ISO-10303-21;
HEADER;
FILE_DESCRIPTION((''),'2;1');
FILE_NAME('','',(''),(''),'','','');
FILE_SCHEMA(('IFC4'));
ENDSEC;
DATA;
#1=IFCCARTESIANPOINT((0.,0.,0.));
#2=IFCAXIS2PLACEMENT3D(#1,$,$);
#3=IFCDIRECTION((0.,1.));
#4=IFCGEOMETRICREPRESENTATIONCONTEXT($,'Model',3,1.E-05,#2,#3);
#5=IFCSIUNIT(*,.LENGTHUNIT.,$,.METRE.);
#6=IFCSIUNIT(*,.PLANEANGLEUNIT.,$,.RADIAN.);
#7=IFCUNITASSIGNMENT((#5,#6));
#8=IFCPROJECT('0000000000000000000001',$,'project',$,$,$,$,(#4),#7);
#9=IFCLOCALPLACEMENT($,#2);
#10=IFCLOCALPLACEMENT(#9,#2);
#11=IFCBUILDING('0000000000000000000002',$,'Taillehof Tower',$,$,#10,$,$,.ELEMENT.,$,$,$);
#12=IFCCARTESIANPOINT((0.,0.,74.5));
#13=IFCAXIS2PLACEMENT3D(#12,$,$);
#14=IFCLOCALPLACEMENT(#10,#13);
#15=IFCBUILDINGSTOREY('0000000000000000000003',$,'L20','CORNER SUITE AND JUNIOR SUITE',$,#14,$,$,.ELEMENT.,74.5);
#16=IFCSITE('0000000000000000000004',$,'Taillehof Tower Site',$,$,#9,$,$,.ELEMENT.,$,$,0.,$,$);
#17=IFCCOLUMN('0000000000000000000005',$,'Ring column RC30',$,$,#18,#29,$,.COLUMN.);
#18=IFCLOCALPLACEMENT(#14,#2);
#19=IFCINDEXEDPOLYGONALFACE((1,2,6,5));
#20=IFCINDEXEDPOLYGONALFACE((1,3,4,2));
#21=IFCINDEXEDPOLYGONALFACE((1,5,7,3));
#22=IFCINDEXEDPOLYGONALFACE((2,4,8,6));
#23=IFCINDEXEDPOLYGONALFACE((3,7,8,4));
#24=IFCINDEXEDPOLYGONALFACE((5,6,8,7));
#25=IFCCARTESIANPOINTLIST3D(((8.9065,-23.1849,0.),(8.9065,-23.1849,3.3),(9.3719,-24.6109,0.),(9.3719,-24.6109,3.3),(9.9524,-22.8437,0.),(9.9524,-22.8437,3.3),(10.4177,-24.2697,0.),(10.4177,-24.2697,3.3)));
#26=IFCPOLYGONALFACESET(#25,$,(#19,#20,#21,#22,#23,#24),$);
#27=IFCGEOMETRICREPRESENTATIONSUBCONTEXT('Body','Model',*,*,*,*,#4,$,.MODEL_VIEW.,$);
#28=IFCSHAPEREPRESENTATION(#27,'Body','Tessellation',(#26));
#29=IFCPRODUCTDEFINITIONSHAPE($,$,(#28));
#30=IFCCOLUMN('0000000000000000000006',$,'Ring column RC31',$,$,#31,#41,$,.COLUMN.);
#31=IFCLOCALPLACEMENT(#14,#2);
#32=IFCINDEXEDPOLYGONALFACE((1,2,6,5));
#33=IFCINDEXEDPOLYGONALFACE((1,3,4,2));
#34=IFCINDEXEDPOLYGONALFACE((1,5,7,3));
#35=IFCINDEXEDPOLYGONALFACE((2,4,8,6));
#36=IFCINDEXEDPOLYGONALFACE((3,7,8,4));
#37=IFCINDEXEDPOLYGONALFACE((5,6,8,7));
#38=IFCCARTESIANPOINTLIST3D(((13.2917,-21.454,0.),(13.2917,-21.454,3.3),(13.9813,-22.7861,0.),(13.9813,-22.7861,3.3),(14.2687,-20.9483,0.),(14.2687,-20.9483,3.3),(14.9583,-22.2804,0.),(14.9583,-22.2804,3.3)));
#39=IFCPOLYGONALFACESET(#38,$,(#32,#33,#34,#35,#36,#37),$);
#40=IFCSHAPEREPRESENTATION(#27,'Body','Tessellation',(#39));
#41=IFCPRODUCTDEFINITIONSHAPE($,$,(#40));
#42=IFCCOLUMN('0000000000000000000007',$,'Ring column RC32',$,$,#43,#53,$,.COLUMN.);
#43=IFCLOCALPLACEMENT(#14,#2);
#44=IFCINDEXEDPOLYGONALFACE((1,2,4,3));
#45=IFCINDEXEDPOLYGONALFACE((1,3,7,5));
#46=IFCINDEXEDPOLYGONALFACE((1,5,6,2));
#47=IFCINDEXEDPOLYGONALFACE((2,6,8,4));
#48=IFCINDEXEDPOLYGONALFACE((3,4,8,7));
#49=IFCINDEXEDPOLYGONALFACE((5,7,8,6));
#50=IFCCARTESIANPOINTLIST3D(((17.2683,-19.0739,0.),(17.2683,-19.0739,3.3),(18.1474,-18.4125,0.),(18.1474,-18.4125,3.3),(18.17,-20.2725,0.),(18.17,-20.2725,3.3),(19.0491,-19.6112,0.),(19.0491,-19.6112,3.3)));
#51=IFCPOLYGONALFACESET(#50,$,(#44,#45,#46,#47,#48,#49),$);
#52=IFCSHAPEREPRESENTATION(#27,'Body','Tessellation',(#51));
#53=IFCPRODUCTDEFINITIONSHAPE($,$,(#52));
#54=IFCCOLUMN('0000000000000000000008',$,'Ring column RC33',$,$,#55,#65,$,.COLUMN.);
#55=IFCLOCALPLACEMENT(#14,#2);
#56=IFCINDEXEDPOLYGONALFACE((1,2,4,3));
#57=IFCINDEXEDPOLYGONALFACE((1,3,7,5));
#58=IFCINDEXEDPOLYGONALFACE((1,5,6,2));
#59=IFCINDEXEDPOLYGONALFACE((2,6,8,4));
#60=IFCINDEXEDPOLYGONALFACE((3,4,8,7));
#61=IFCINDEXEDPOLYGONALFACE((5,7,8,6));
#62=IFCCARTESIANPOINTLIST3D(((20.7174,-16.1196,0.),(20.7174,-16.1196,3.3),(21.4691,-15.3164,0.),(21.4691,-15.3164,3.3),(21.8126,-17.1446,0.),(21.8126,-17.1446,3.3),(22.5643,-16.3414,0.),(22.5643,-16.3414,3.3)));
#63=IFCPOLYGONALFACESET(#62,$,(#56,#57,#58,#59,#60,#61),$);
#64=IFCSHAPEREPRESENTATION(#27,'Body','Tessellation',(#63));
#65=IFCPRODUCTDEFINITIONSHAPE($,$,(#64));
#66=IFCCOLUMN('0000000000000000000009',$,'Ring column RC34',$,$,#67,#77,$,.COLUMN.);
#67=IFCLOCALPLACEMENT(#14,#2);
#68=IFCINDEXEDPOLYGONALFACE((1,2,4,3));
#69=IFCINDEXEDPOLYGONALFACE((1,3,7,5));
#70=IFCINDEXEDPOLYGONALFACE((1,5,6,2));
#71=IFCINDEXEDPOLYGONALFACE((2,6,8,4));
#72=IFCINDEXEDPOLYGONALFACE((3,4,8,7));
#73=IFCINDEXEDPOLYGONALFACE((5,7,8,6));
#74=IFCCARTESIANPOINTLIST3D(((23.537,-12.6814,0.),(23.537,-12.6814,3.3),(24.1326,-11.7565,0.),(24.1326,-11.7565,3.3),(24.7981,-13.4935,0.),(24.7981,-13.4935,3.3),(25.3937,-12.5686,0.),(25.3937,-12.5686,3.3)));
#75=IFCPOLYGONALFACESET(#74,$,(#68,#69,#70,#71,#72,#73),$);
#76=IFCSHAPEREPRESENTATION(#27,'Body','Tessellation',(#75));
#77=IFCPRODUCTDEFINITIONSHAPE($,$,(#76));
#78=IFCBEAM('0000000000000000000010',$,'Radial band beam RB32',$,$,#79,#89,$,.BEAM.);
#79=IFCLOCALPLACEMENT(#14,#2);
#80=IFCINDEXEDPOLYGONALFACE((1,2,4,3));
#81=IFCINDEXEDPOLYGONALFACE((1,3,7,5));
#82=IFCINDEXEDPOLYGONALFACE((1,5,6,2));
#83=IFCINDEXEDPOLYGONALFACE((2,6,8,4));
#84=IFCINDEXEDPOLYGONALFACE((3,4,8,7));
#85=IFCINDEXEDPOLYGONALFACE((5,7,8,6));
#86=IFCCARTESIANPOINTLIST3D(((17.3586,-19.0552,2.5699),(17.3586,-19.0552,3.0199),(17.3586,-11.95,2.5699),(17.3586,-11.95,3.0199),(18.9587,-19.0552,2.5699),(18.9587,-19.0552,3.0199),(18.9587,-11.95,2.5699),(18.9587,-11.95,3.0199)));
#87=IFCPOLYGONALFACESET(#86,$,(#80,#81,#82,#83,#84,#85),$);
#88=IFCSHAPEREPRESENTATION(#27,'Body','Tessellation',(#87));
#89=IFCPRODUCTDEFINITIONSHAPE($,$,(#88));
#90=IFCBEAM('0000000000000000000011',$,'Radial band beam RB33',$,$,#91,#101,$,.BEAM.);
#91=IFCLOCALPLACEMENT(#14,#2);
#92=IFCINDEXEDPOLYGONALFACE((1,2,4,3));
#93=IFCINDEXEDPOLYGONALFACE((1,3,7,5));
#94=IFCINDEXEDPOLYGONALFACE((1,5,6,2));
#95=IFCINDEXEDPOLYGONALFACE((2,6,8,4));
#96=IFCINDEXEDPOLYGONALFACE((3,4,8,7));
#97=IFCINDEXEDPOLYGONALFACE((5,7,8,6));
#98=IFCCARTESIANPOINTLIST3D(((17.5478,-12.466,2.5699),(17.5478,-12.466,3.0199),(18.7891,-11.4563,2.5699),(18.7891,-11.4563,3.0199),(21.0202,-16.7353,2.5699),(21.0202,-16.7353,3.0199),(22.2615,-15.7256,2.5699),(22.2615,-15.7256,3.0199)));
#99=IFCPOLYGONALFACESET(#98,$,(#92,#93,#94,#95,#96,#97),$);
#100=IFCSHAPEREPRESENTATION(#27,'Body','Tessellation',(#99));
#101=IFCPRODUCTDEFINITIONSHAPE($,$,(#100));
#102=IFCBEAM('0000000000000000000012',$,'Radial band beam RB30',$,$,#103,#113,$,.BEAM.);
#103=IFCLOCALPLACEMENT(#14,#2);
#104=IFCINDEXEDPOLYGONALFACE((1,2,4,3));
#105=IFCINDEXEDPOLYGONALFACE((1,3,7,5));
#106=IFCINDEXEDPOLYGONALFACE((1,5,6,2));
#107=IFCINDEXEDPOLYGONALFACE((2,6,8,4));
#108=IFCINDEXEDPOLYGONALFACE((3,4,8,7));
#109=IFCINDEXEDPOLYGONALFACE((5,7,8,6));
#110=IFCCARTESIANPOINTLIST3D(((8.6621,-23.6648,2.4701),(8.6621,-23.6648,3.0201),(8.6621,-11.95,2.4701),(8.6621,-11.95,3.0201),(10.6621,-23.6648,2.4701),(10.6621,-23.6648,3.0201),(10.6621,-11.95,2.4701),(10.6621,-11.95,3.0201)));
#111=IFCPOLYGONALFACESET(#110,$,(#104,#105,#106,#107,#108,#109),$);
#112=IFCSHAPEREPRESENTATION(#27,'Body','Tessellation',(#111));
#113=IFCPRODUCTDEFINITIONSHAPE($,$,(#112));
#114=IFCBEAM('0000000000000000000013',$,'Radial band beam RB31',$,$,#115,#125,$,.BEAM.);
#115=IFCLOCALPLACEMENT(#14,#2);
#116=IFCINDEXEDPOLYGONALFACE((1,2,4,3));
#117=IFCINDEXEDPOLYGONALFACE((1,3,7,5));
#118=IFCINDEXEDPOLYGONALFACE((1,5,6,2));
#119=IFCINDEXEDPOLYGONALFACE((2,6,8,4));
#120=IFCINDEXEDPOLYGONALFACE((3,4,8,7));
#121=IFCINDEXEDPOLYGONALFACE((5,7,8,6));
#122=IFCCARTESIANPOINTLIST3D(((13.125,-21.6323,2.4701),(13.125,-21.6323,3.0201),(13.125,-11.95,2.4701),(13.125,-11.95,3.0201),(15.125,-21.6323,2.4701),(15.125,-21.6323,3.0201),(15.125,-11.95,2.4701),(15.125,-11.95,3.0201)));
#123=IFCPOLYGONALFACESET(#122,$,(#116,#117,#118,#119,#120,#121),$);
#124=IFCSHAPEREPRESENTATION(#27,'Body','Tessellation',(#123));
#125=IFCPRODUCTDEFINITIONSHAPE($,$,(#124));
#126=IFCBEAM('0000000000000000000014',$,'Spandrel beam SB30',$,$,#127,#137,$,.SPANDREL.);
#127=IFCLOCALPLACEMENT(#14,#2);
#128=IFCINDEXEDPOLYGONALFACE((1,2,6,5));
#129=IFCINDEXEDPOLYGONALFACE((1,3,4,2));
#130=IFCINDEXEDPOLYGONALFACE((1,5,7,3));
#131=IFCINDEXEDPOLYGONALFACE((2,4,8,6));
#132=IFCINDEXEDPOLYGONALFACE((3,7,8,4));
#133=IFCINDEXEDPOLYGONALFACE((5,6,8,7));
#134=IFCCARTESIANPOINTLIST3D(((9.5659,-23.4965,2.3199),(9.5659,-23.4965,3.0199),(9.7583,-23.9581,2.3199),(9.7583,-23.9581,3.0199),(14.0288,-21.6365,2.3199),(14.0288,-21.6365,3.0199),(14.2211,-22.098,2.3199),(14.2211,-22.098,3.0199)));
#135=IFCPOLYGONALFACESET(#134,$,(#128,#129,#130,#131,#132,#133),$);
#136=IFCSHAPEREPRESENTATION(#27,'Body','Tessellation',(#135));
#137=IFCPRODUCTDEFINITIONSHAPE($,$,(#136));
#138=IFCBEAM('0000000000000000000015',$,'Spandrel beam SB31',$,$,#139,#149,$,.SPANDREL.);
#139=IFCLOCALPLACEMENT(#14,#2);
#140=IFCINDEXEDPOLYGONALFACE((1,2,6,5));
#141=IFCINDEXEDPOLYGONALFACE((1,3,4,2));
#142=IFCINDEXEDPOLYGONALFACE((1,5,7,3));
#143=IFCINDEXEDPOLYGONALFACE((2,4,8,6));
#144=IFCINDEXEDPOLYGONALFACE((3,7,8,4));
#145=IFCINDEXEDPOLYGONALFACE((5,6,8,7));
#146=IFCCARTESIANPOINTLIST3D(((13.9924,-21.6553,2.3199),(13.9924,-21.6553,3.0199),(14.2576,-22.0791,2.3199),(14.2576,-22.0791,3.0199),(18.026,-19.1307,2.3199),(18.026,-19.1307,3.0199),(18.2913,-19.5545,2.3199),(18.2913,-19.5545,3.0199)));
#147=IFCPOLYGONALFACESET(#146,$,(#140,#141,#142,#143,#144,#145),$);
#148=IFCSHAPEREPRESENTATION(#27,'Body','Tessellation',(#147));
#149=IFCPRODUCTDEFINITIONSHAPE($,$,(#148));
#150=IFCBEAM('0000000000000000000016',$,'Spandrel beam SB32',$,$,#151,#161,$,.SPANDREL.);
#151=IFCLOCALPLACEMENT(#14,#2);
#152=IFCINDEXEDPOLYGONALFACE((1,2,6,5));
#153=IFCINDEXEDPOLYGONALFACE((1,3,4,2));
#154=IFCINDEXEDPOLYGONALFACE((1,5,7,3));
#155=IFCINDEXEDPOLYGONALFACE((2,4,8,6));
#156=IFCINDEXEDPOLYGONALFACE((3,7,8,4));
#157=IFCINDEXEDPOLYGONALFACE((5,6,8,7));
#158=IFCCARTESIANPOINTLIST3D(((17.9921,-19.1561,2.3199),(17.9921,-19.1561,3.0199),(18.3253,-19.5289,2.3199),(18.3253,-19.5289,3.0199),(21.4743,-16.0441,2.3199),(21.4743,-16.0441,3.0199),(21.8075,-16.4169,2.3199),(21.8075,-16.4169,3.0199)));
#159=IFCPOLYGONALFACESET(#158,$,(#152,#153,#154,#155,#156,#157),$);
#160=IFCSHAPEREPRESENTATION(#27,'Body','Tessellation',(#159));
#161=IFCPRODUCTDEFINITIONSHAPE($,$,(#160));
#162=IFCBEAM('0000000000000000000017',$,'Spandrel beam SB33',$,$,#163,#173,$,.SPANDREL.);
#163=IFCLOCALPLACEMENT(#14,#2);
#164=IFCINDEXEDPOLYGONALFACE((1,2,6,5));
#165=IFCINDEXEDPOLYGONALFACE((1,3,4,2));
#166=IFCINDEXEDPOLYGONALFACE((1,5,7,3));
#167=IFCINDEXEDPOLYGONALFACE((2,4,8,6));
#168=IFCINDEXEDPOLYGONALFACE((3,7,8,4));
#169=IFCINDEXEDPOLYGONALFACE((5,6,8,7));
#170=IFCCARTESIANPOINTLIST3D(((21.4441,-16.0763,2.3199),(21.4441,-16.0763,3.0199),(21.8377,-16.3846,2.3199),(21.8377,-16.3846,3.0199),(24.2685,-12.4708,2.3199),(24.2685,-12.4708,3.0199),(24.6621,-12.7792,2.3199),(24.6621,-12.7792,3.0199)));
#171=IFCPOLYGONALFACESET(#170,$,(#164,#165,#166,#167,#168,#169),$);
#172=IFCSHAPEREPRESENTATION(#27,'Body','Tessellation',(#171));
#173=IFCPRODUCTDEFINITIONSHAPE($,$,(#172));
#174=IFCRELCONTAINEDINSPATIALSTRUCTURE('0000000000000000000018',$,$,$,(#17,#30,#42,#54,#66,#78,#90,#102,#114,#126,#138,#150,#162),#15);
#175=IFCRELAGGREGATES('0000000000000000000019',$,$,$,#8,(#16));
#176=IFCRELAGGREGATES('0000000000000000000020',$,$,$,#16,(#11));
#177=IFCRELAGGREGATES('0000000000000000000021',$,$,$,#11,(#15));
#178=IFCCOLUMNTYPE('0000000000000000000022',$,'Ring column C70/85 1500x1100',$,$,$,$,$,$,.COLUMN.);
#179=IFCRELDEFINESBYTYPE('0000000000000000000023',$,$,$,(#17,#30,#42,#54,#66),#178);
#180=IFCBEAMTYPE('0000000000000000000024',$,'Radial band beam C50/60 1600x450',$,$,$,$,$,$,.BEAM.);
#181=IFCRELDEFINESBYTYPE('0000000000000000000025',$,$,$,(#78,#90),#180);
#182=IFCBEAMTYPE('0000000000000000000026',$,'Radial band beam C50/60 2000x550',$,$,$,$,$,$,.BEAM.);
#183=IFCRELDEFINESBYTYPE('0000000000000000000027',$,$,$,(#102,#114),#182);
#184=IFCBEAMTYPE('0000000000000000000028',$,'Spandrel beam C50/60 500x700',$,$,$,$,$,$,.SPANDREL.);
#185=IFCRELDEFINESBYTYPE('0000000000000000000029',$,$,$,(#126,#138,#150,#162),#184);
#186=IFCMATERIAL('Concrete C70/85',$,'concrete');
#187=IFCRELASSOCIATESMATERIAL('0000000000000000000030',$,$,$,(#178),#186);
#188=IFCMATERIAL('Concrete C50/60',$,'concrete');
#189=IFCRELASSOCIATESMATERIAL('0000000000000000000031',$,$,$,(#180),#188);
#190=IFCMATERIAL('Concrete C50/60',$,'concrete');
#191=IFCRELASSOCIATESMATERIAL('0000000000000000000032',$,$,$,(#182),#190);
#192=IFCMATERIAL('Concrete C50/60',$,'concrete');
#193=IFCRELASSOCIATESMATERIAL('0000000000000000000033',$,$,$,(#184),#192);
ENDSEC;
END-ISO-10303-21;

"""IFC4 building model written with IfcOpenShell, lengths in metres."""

from ifc_helpers import new_model, si_unit, direction, frame, origin, origin_2d, place, context, subcontext, project, spatial, rectangle, extrude, material, material_profile, profile_set, type_object, element, save


model = new_model("IFC4")

# Units and contexts
model_context = context("Model", 3, precision=1e-05, world=origin(), true_north=direction((0.0, 1.0)))
body_context = subcontext(model_context, "Body", "Model", "MODEL_VIEW")
ifc_project = project(units=[si_unit("LENGTHUNIT", "METRE"), si_unit("PLANEANGLEUNIT", "RADIAN")], contexts=[model_context])

# Site, building, storey
site_placement = place(None, origin())
site = spatial("IfcSite", under=ifc_project, at=site_placement, Name="Taillehof Tower Site", CompositionType="ELEMENT", RefElevation=0.0)
building_placement = place(site_placement, origin())
building = spatial("IfcBuilding", under=site, at=building_placement, Name="Taillehof Tower", CompositionType="ELEMENT")
storey_placement = place(building_placement, frame((0.0, 0.0, 74.5)))
storey = spatial("IfcBuildingStorey", under=building, at=storey_placement, Name="L20", Description="CORNER SUITE AND JUNIOR SUITE", CompositionType="ELEMENT", Elevation=74.5)

# Columns
ifc_material_1 = material(Name="Concrete C70/85", Category="concrete")
ifc_material_profile_1 = material_profile(ifc_material_1, rectangle(XDim=1.5, YDim=1.1001, at=origin_2d()), Name="RC 1500x1100")
ifc_profile_set_1 = profile_set([ifc_material_profile_1], Name="Concrete C70/85")
column_type = type_object("IfcColumnType", Name="Ring column C70/85 1500x1100", PredefinedType="COLUMN", material=ifc_profile_set_1)
for number, where, z_axis, x_axis, name in (
    (1, (9.6621, -23.7273, 0.0), (0.0, 0.0, 1.0), (0.310219, -0.950665, 0.0), "Ring column RC30"),
    (2, (14.125, -21.8672, 0.0), (0.0, 0.0, 1.0), (0.459691, -0.888079, 0.0), "Ring column RC31"),
    (3, (18.1587, -19.3425, 0.0), (0.0, 0.0, 1.0), (0.601174, -0.799118, 0.0), "Ring column RC32"),
    (4, (21.6409, -16.2305, 0.0), (0.0, 0.0, 1.0), (0.730113, -0.683326, 0.0), "Ring column RC33"),
    (5, (24.4653, -12.625, 0.0), (0.0, 0.0, 1.0), (0.840754, -0.541418, 0.0), "Ring column RC34"),
):
    element("IfcColumn", number, at=place(storey_placement, frame(where, z_axis=z_axis, x_axis=x_axis)), inside=storey, type_object=column_type, Name=name, PredefinedType="COLUMN", context=body_context, shape_type="SweptSolid", body=[
        extrude(rectangle(XDim=1.5, YDim=1.1001, at=origin_2d()), origin(), (0.0, 0.0, 1.0), 3.3),
    ])

# Beams
ifc_material_2 = material(Name="Concrete C50/60", Category="concrete")
ifc_material_profile_2 = material_profile(ifc_material_2, rectangle(XDim=1.6001, YDim=0.45, at=origin_2d()), Name="RC 1600x450")
ifc_profile_set_2 = profile_set([ifc_material_profile_2], Name="Concrete C50/60")
beam_type_1 = type_object("IfcBeamType", Name="Radial band beam C50/60 1600x450", PredefinedType="BEAM", material=ifc_profile_set_2)
beam_1_placement = place(storey_placement, frame((18.1587, -19.0552, 2.7949), z_axis=(0.0, 1.0, 0.0), x_axis=(-1.0, 0.0, 0.0)))
element("IfcBeam", 6, at=beam_1_placement, inside=storey, type_object=beam_type_1, Name="Radial band beam RB32", PredefinedType="BEAM", context=body_context, shape_type="SweptSolid", body=[
    extrude(rectangle(XDim=1.6001, YDim=0.45, at=origin_2d()), origin(), (0.0, 0.0, 1.0), 7.1052),
])
beam_2_placement = place(storey_placement, frame((21.6409, -16.2305, 2.7949), z_axis=(-0.630988, 0.775792, 0.0), x_axis=(-0.775792, -0.630988, 0.0)))
element("IfcBeam", 7, at=beam_2_placement, inside=storey, type_object=beam_type_1, Name="Radial band beam RB33", PredefinedType="BEAM", context=body_context, shape_type="SweptSolid", body=[
    extrude(rectangle(XDim=1.6001, YDim=0.45, at=origin_2d()), origin(), (0.0, 0.0, 1.0), 5.5032),
])
ifc_material_3 = material(Name="Concrete C50/60", Category="concrete")
ifc_material_profile_3 = material_profile(ifc_material_3, rectangle(XDim=2.0, YDim=0.55, at=origin_2d()), Name="RC 2000x550")
ifc_profile_set_3 = profile_set([ifc_material_profile_3], Name="Concrete C50/60")
beam_type_2 = type_object("IfcBeamType", Name="Radial band beam C50/60 2000x550", PredefinedType="BEAM", material=ifc_profile_set_3)
beam_3_placement = place(storey_placement, frame((9.6621, -23.6648, 2.7451), z_axis=(0.0, 1.0, 0.0), x_axis=(-1.0, 0.0, 0.0)))
element("IfcBeam", 8, at=beam_3_placement, inside=storey, type_object=beam_type_2, Name="Radial band beam RB30", PredefinedType="BEAM", context=body_context, shape_type="SweptSolid", body=[
    extrude(rectangle(XDim=2.0, YDim=0.55, at=origin_2d()), origin(), (0.0, 0.0, 1.0), 11.7148),
])
beam_4_placement = place(storey_placement, frame((14.125, -21.6323, 2.7451), z_axis=(0.0, 1.0, 0.0), x_axis=(-1.0, 0.0, 0.0)))
element("IfcBeam", 9, at=beam_4_placement, inside=storey, type_object=beam_type_2, Name="Radial band beam RB31", PredefinedType="BEAM", context=body_context, shape_type="SweptSolid", body=[
    extrude(rectangle(XDim=2.0, YDim=0.55, at=origin_2d()), origin(), (0.0, 0.0, 1.0), 9.6824),
])
ifc_material_4 = material(Name="Concrete C50/60", Category="concrete")
ifc_material_profile_4 = material_profile(ifc_material_4, rectangle(XDim=0.5, YDim=0.7, at=origin_2d()), Name="RC 500x700")
ifc_profile_set_4 = profile_set([ifc_material_profile_4], Name="Concrete C50/60")
beam_type_3 = type_object("IfcBeamType", Name="Spandrel beam C50/60 500x700", PredefinedType="SPANDREL", material=ifc_profile_set_4)
beam_5_placement = place(storey_placement, frame((9.6621, -23.7273, 2.6699), z_axis=(0.923035, 0.384716, 0.0), x_axis=(-0.384716, 0.923035, 0.0)))
element("IfcBeam", 10, at=beam_5_placement, inside=storey, type_object=beam_type_3, Name="Spandrel beam SB30", PredefinedType="SPANDREL", context=body_context, shape_type="SweptSolid", body=[
    extrude(rectangle(XDim=0.5, YDim=0.7, at=origin_2d()), origin(), (0.0, 0.0, 1.0), 4.835),
])
beam_6_placement = place(storey_placement, frame((14.125, -21.8672, 2.6699), z_axis=(0.847658, 0.530543, 0.0), x_axis=(-0.530543, 0.847658, 0.0)))
element("IfcBeam", 11, at=beam_6_placement, inside=storey, type_object=beam_type_3, Name="Spandrel beam SB31", PredefinedType="SPANDREL", context=body_context, shape_type="SweptSolid", body=[
    extrude(rectangle(XDim=0.5, YDim=0.7, at=origin_2d()), origin(), (0.0, 0.0, 1.0), 4.7585),
])
beam_7_placement = place(storey_placement, frame((18.1587, -19.3425, 2.6699), z_axis=(0.745621, 0.66637, 0.0), x_axis=(-0.66637, 0.745621, 0.0)))
element("IfcBeam", 12, at=beam_7_placement, inside=storey, type_object=beam_type_3, Name="Spandrel beam SB32", PredefinedType="SPANDREL", context=body_context, shape_type="SweptSolid", body=[
    extrude(rectangle(XDim=0.5, YDim=0.7, at=origin_2d()), origin(), (0.0, 0.0, 1.0), 4.6702),
])
beam_8_placement = place(storey_placement, frame((21.6409, -16.2305, 2.6699), z_axis=(0.616686, 0.787209, 0.0), x_axis=(-0.787209, 0.616686, 0.0)))
element("IfcBeam", 13, at=beam_8_placement, inside=storey, type_object=beam_type_3, Name="Spandrel beam SB33", PredefinedType="SPANDREL", context=body_context, shape_type="SweptSolid", body=[
    extrude(rectangle(XDim=0.5, YDim=0.7, at=origin_2d()), origin(), (0.0, 0.0, 1.0), 4.5801),
])

save(model, "model.ifc")
